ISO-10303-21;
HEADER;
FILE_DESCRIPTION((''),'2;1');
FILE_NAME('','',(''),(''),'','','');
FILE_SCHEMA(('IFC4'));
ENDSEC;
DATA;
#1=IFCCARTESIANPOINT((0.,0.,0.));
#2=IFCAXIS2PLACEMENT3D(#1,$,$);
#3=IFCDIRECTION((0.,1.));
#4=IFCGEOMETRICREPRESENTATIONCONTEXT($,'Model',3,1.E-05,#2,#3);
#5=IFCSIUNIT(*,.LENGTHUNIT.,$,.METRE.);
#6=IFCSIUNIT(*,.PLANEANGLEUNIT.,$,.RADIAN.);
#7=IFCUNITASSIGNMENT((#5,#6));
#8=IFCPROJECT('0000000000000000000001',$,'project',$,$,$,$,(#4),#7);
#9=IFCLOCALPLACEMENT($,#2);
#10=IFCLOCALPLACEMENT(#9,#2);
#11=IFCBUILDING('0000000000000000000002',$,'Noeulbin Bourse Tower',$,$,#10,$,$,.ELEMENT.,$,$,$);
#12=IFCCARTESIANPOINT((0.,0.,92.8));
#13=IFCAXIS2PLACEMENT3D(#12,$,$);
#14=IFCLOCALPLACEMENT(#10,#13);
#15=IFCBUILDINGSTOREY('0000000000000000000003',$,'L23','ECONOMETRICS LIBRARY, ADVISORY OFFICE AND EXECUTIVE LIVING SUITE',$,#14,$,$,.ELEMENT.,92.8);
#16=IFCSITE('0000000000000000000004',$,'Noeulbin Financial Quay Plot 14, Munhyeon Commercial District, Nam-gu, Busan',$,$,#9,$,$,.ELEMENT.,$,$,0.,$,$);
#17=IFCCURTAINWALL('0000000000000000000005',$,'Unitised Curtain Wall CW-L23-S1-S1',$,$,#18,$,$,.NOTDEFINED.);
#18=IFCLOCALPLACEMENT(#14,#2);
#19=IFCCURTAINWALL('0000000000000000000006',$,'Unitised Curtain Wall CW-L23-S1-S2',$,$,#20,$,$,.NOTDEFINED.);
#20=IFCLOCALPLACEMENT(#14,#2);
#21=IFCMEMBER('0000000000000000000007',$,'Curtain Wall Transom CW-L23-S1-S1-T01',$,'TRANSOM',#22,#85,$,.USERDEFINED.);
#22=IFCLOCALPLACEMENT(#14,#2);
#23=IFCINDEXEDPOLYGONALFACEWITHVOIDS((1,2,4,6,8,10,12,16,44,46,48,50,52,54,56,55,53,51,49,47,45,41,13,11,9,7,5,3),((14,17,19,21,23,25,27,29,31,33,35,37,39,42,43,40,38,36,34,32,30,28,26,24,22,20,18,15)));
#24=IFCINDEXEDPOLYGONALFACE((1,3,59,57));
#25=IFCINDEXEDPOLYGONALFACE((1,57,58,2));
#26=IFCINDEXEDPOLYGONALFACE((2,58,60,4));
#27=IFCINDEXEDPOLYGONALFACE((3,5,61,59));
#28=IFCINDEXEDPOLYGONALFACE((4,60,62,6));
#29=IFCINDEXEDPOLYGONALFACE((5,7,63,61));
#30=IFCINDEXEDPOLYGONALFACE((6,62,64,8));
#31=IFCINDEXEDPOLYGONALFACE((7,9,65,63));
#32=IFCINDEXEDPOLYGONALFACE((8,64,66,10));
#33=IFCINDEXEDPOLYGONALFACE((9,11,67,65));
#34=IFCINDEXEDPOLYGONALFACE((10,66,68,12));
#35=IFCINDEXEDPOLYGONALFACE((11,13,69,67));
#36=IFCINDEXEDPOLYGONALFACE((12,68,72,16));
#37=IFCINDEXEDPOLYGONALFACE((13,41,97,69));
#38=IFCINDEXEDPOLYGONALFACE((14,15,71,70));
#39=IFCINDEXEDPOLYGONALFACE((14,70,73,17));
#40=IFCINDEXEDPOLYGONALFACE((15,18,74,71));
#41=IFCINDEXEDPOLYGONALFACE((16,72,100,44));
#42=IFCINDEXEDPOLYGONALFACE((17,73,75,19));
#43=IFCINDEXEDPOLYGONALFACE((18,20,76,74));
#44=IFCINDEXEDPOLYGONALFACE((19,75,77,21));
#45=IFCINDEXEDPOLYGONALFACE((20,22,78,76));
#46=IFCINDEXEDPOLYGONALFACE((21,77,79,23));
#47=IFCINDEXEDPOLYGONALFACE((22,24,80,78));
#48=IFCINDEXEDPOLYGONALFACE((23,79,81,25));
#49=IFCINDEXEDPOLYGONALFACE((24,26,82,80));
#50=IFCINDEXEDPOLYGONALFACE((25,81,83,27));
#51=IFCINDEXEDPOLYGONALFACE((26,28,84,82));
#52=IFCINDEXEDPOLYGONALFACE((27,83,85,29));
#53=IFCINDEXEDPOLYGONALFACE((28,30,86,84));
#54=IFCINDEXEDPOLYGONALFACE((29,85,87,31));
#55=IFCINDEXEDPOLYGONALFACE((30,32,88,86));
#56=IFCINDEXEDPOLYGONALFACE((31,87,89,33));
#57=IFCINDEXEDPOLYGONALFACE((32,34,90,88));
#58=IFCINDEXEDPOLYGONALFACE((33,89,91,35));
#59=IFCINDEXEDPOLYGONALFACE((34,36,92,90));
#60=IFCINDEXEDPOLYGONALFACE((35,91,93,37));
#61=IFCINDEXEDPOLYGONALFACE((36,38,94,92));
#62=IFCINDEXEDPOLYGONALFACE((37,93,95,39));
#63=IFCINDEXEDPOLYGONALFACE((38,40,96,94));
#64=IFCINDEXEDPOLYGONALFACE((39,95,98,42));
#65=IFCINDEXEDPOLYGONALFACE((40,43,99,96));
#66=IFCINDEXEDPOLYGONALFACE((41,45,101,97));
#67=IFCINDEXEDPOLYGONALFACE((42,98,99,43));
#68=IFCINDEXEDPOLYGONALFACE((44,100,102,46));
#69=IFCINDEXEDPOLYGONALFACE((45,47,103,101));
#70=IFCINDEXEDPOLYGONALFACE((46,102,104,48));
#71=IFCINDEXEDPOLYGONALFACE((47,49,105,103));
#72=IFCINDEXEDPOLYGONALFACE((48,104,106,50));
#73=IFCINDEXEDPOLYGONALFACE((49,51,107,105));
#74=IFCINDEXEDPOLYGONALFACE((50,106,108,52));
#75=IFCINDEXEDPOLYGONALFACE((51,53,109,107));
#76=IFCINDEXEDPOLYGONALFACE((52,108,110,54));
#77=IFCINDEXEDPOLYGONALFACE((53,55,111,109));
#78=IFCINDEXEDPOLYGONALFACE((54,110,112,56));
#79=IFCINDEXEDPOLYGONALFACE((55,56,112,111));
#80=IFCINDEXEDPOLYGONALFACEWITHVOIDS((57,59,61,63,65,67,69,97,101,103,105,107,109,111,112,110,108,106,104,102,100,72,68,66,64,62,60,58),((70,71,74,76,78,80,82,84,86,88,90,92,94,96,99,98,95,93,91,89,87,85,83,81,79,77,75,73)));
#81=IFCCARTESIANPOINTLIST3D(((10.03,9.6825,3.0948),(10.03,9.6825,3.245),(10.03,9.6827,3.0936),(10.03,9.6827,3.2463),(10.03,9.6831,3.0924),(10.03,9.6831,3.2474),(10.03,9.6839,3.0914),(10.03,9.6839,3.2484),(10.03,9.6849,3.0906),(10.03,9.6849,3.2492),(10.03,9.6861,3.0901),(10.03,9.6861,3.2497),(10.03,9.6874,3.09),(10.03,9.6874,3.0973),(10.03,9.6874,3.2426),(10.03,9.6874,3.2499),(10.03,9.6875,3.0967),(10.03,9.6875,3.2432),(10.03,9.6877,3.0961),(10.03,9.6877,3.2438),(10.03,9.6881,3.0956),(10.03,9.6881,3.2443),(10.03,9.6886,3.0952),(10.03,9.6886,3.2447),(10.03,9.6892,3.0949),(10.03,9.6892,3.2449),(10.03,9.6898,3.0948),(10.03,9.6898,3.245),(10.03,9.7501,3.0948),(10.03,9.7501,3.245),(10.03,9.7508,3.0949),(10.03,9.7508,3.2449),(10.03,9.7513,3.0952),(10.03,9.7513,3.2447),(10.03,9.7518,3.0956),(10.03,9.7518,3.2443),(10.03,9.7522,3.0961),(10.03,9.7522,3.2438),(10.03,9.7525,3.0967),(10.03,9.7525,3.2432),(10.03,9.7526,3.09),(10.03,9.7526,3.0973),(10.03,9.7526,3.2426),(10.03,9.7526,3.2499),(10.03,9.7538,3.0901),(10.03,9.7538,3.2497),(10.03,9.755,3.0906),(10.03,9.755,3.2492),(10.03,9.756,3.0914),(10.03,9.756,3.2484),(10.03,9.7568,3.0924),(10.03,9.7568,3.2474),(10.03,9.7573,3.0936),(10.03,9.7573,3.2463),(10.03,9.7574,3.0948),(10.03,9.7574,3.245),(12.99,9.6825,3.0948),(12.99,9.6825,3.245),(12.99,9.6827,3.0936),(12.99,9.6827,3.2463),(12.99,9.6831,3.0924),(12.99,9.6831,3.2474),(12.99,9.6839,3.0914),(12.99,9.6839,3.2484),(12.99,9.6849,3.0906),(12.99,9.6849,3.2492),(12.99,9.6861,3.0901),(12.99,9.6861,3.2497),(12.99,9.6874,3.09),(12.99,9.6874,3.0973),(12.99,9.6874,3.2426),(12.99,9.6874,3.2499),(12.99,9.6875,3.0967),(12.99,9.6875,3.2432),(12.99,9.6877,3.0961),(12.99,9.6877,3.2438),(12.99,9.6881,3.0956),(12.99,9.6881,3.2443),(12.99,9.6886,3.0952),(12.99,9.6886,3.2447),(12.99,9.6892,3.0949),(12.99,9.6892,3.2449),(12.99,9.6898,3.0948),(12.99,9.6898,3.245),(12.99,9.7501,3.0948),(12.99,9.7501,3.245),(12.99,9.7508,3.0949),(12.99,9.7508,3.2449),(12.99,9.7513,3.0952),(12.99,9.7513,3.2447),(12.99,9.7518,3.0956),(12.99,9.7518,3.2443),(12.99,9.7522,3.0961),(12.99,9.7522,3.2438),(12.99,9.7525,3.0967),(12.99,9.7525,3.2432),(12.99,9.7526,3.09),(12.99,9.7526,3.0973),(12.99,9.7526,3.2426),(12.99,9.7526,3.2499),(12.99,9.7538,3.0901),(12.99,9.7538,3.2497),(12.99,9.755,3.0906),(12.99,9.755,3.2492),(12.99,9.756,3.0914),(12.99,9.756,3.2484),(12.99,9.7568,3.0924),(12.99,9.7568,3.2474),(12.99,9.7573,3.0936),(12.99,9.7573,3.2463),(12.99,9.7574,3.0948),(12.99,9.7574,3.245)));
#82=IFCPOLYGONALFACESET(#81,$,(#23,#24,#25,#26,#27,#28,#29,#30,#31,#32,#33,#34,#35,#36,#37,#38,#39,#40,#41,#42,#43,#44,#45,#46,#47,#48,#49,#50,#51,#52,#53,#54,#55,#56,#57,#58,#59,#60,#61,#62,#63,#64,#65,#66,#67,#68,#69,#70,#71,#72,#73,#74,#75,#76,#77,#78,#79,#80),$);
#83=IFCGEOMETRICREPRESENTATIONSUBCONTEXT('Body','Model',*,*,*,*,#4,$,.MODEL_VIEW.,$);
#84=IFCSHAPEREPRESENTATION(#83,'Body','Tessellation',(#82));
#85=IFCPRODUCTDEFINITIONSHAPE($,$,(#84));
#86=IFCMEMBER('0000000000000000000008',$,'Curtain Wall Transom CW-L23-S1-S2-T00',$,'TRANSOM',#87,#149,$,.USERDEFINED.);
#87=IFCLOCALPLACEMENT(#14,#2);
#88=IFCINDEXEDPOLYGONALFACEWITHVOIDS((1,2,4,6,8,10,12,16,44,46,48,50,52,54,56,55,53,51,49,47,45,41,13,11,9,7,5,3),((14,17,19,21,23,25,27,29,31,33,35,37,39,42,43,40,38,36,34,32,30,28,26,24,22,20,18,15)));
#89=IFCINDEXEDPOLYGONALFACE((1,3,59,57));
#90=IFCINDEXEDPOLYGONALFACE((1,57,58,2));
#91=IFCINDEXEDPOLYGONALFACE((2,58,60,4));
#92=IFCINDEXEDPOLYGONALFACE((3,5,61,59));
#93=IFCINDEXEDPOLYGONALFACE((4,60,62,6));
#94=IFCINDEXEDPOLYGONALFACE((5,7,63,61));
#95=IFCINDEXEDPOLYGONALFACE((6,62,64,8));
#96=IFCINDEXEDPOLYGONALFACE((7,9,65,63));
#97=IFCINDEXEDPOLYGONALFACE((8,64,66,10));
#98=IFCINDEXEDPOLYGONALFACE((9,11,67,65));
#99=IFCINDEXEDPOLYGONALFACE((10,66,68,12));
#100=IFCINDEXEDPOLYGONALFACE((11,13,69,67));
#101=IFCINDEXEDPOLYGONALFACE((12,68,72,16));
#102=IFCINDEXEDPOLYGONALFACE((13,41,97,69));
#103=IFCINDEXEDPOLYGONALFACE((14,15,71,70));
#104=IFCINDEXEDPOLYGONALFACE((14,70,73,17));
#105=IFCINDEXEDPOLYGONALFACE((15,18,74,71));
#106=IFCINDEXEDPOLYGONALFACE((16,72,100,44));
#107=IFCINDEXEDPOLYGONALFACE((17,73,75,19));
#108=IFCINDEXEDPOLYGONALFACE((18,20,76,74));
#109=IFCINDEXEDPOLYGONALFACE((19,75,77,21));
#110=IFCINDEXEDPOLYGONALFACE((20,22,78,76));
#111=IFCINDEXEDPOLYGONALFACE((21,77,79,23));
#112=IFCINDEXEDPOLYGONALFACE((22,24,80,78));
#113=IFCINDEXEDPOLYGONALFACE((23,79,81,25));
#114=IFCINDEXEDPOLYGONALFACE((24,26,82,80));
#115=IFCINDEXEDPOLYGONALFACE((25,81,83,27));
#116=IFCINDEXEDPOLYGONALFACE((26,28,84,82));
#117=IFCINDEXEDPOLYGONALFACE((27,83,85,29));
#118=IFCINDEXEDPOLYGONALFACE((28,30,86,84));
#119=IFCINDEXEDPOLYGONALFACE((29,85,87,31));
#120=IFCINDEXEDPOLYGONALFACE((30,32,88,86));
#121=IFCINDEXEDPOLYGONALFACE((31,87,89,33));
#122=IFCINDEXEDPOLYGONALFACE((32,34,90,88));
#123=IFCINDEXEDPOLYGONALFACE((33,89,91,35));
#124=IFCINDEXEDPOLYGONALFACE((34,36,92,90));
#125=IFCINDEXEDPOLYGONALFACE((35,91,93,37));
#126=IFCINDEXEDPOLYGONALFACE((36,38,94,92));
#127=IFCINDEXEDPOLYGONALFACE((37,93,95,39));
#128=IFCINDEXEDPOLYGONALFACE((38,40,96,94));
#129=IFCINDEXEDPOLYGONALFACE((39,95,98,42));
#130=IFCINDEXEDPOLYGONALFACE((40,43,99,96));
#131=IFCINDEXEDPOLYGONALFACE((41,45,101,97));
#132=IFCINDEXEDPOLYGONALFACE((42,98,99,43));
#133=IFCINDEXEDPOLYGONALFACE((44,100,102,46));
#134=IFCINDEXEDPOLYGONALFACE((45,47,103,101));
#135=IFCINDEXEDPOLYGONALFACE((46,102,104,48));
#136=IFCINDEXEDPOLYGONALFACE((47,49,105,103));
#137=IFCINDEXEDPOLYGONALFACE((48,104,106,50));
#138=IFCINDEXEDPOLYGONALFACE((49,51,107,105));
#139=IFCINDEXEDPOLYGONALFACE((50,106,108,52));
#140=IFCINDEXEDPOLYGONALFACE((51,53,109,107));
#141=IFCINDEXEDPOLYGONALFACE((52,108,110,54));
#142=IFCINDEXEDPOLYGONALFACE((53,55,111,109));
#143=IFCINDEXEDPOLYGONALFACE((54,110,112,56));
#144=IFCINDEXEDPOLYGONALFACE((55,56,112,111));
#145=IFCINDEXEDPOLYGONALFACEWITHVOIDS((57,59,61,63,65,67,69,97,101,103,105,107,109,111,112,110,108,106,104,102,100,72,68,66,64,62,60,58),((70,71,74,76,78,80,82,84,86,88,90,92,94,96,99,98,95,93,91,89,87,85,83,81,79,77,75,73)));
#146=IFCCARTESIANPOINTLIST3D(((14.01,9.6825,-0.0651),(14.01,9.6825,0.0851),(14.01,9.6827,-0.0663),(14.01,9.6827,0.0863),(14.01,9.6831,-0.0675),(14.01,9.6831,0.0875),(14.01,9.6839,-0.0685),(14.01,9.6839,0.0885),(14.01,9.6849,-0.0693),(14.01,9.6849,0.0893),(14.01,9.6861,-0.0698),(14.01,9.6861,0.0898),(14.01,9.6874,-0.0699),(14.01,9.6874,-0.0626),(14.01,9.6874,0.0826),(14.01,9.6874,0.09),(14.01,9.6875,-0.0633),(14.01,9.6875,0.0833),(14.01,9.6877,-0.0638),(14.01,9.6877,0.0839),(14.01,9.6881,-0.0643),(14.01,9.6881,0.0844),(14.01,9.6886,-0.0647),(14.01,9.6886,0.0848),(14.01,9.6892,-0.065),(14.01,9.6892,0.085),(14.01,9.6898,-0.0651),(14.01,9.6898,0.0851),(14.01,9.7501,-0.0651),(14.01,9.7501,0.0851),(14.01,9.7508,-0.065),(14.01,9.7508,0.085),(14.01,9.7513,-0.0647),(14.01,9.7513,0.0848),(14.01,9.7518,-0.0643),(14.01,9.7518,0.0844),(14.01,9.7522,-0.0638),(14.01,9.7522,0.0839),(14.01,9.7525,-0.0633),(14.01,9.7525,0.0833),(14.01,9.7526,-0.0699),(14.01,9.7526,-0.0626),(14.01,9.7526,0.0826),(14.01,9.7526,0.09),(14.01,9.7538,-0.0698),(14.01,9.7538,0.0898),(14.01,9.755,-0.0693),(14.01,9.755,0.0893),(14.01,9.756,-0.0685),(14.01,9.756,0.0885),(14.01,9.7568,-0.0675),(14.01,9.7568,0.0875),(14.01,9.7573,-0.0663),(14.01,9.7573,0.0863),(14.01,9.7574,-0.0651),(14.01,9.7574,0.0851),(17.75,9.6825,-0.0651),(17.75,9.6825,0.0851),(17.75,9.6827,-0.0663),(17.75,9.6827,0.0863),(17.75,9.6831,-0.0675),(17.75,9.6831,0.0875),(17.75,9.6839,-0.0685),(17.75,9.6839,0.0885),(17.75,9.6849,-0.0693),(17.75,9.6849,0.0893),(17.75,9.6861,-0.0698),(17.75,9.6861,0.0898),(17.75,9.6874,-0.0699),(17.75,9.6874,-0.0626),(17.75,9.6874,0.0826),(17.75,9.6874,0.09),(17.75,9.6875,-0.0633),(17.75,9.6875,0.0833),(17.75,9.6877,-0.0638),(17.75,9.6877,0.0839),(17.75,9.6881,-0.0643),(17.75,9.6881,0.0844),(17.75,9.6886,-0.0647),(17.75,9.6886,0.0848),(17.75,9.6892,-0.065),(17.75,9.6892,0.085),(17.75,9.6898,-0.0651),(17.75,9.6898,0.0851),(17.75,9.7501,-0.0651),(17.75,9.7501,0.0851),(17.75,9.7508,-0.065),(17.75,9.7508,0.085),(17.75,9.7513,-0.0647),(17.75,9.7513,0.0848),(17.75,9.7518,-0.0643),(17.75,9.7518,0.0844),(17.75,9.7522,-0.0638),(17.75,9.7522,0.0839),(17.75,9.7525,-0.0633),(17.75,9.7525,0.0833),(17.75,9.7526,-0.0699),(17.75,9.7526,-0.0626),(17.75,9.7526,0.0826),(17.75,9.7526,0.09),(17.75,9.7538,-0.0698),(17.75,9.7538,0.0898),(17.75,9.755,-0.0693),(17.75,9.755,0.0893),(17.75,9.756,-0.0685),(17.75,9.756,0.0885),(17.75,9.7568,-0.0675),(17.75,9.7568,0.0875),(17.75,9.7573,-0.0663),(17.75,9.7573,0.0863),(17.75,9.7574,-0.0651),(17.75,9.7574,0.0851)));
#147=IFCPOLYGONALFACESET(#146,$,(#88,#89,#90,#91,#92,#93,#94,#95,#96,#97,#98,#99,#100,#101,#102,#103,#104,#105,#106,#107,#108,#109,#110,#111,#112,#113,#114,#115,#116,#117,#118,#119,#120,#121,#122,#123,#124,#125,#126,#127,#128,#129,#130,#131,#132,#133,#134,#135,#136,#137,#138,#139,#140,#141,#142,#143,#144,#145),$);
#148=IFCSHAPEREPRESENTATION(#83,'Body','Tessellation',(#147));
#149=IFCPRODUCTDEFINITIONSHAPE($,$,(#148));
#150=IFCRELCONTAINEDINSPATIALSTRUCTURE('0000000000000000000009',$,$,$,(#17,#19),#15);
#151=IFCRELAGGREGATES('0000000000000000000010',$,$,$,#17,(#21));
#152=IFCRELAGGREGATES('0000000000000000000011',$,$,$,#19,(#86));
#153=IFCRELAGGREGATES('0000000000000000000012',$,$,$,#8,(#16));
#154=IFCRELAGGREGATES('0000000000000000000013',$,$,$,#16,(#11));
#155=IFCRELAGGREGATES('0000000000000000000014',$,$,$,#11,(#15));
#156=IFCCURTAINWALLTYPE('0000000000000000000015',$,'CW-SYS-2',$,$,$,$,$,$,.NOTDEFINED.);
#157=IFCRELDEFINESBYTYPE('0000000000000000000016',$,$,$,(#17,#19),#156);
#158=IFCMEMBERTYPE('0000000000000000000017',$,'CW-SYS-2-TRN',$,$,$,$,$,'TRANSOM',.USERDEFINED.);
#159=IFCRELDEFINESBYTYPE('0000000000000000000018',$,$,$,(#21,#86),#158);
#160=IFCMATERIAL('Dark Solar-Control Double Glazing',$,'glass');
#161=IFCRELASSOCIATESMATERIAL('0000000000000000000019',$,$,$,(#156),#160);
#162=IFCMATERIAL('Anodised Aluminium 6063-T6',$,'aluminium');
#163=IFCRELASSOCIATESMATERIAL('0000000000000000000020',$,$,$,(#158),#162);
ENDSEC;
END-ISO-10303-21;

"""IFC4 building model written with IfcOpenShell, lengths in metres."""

from ifc_helpers import new_model, si_unit, direction, frame, origin, origin_2d, place, context, subcontext, project, spatial, hollow_rectangle, extrude, material, material_profile, profile_set, type_object, element, aggregate, save


model = new_model("IFC4")

# Units and contexts
model_context = context("Model", 3, precision=1e-05, world=origin(), true_north=direction((0.0, 1.0)))
body_context = subcontext(model_context, "Body", "Model", "MODEL_VIEW")
ifc_project = project(units=[si_unit("LENGTHUNIT", "METRE"), si_unit("PLANEANGLEUNIT", "RADIAN")], contexts=[model_context])

# Site, building, storey
site_placement = place(None, origin())
site = spatial("IfcSite", under=ifc_project, at=site_placement, Name="Noeulbin Financial Quay Plot 14, Munhyeon Commercial District, Nam-gu, Busan", CompositionType="ELEMENT", RefElevation=0.0)
building_placement = place(site_placement, origin())
building = spatial("IfcBuilding", under=site, at=building_placement, Name="Noeulbin Bourse Tower", CompositionType="ELEMENT")
storey_placement = place(building_placement, frame((0.0, 0.0, 92.8)))
storey = spatial("IfcBuildingStorey", under=building, at=storey_placement, Name="L23", Description="ECONOMETRICS LIBRARY, ADVISORY OFFICE AND EXECUTIVE LIVING SUITE", CompositionType="ELEMENT", Elevation=92.8)

# Curtain wall
ifc_material_1 = material(Name="Dark Solar-Control Double Glazing", Category="glass")
curtain_wall_type = type_object("IfcCurtainWallType", Name="CW-SYS-2", PredefinedType="NOTDEFINED", material=ifc_material_1)
curtain_wall_1_placement = place(storey_placement, origin())
curtain_wall_1 = element("IfcCurtainWall", 1, at=curtain_wall_1_placement, inside=storey, type_object=curtain_wall_type, Name="Unitised Curtain Wall CW-L23-S1-S1", PredefinedType="NOTDEFINED")
ifc_material_2 = material(Name="Anodised Aluminium 6063-T6", Category="aluminium")

# Curtain wall
curtain_wall_2_placement = place(storey_placement, origin())
curtain_wall_2 = element("IfcCurtainWall", 2, at=curtain_wall_2_placement, inside=storey, type_object=curtain_wall_type, Name="Unitised Curtain Wall CW-L23-S1-S2", PredefinedType="NOTDEFINED")

# Members
ifc_material_profile_1 = material_profile(ifc_material_2, hollow_rectangle(XDim=0.075, YDim=0.1599, WallThickness=0.0049, InnerFilletRadius=0.0024, OuterFilletRadius=0.0049, at=origin_2d()), Name="ALU-TRAN-75x160x5", Category="LoadBearing")
ifc_profile_set_1 = profile_set([ifc_material_profile_1], Name="Anodised Aluminium 6063-T6")
member_type_1 = type_object("IfcMemberType", Name="CW-SYS-2-TRN", ElementType="TRANSOM", PredefinedType="USERDEFINED", material=ifc_profile_set_1)
member_1_placement = place(storey_placement, frame((10.03, 9.72, 3.1699), z_axis=(1.0, 0.0, 0.0), x_axis=(0.0, 1.0, 0.0)))
member_1 = element("IfcMember", 3, at=member_1_placement, type_object=member_type_1, Name="Curtain Wall Transom CW-L23-S1-S1-T01", ObjectType="TRANSOM", PredefinedType="USERDEFINED", context=body_context, shape_type="SweptSolid", body=[
    extrude(hollow_rectangle(XDim=0.075, YDim=0.1599, WallThickness=0.0049, InnerFilletRadius=0.0024, OuterFilletRadius=0.0049, at=origin_2d()), origin(), (0.0, 0.0, 1.0), 2.96),
])
member_2_placement = place(storey_placement, frame((14.01, 9.72, 0.01), z_axis=(1.0, 0.0, 0.0), x_axis=(0.0, 1.0, 0.0)))
member_2 = element("IfcMember", 4, at=member_2_placement, type_object=member_type_1, Name="Curtain Wall Transom CW-L23-S1-S2-T00", ObjectType="TRANSOM", PredefinedType="USERDEFINED", context=body_context, shape_type="SweptSolid", body=[
    extrude(hollow_rectangle(XDim=0.075, YDim=0.1599, WallThickness=0.0049, InnerFilletRadius=0.0024, OuterFilletRadius=0.0049, at=origin_2d()), origin(), (0.0, 0.0, 1.0), 3.74),
])

aggregate(curtain_wall_1, [member_1])
aggregate(curtain_wall_2, [member_2])

save(model, "model.ifc")
